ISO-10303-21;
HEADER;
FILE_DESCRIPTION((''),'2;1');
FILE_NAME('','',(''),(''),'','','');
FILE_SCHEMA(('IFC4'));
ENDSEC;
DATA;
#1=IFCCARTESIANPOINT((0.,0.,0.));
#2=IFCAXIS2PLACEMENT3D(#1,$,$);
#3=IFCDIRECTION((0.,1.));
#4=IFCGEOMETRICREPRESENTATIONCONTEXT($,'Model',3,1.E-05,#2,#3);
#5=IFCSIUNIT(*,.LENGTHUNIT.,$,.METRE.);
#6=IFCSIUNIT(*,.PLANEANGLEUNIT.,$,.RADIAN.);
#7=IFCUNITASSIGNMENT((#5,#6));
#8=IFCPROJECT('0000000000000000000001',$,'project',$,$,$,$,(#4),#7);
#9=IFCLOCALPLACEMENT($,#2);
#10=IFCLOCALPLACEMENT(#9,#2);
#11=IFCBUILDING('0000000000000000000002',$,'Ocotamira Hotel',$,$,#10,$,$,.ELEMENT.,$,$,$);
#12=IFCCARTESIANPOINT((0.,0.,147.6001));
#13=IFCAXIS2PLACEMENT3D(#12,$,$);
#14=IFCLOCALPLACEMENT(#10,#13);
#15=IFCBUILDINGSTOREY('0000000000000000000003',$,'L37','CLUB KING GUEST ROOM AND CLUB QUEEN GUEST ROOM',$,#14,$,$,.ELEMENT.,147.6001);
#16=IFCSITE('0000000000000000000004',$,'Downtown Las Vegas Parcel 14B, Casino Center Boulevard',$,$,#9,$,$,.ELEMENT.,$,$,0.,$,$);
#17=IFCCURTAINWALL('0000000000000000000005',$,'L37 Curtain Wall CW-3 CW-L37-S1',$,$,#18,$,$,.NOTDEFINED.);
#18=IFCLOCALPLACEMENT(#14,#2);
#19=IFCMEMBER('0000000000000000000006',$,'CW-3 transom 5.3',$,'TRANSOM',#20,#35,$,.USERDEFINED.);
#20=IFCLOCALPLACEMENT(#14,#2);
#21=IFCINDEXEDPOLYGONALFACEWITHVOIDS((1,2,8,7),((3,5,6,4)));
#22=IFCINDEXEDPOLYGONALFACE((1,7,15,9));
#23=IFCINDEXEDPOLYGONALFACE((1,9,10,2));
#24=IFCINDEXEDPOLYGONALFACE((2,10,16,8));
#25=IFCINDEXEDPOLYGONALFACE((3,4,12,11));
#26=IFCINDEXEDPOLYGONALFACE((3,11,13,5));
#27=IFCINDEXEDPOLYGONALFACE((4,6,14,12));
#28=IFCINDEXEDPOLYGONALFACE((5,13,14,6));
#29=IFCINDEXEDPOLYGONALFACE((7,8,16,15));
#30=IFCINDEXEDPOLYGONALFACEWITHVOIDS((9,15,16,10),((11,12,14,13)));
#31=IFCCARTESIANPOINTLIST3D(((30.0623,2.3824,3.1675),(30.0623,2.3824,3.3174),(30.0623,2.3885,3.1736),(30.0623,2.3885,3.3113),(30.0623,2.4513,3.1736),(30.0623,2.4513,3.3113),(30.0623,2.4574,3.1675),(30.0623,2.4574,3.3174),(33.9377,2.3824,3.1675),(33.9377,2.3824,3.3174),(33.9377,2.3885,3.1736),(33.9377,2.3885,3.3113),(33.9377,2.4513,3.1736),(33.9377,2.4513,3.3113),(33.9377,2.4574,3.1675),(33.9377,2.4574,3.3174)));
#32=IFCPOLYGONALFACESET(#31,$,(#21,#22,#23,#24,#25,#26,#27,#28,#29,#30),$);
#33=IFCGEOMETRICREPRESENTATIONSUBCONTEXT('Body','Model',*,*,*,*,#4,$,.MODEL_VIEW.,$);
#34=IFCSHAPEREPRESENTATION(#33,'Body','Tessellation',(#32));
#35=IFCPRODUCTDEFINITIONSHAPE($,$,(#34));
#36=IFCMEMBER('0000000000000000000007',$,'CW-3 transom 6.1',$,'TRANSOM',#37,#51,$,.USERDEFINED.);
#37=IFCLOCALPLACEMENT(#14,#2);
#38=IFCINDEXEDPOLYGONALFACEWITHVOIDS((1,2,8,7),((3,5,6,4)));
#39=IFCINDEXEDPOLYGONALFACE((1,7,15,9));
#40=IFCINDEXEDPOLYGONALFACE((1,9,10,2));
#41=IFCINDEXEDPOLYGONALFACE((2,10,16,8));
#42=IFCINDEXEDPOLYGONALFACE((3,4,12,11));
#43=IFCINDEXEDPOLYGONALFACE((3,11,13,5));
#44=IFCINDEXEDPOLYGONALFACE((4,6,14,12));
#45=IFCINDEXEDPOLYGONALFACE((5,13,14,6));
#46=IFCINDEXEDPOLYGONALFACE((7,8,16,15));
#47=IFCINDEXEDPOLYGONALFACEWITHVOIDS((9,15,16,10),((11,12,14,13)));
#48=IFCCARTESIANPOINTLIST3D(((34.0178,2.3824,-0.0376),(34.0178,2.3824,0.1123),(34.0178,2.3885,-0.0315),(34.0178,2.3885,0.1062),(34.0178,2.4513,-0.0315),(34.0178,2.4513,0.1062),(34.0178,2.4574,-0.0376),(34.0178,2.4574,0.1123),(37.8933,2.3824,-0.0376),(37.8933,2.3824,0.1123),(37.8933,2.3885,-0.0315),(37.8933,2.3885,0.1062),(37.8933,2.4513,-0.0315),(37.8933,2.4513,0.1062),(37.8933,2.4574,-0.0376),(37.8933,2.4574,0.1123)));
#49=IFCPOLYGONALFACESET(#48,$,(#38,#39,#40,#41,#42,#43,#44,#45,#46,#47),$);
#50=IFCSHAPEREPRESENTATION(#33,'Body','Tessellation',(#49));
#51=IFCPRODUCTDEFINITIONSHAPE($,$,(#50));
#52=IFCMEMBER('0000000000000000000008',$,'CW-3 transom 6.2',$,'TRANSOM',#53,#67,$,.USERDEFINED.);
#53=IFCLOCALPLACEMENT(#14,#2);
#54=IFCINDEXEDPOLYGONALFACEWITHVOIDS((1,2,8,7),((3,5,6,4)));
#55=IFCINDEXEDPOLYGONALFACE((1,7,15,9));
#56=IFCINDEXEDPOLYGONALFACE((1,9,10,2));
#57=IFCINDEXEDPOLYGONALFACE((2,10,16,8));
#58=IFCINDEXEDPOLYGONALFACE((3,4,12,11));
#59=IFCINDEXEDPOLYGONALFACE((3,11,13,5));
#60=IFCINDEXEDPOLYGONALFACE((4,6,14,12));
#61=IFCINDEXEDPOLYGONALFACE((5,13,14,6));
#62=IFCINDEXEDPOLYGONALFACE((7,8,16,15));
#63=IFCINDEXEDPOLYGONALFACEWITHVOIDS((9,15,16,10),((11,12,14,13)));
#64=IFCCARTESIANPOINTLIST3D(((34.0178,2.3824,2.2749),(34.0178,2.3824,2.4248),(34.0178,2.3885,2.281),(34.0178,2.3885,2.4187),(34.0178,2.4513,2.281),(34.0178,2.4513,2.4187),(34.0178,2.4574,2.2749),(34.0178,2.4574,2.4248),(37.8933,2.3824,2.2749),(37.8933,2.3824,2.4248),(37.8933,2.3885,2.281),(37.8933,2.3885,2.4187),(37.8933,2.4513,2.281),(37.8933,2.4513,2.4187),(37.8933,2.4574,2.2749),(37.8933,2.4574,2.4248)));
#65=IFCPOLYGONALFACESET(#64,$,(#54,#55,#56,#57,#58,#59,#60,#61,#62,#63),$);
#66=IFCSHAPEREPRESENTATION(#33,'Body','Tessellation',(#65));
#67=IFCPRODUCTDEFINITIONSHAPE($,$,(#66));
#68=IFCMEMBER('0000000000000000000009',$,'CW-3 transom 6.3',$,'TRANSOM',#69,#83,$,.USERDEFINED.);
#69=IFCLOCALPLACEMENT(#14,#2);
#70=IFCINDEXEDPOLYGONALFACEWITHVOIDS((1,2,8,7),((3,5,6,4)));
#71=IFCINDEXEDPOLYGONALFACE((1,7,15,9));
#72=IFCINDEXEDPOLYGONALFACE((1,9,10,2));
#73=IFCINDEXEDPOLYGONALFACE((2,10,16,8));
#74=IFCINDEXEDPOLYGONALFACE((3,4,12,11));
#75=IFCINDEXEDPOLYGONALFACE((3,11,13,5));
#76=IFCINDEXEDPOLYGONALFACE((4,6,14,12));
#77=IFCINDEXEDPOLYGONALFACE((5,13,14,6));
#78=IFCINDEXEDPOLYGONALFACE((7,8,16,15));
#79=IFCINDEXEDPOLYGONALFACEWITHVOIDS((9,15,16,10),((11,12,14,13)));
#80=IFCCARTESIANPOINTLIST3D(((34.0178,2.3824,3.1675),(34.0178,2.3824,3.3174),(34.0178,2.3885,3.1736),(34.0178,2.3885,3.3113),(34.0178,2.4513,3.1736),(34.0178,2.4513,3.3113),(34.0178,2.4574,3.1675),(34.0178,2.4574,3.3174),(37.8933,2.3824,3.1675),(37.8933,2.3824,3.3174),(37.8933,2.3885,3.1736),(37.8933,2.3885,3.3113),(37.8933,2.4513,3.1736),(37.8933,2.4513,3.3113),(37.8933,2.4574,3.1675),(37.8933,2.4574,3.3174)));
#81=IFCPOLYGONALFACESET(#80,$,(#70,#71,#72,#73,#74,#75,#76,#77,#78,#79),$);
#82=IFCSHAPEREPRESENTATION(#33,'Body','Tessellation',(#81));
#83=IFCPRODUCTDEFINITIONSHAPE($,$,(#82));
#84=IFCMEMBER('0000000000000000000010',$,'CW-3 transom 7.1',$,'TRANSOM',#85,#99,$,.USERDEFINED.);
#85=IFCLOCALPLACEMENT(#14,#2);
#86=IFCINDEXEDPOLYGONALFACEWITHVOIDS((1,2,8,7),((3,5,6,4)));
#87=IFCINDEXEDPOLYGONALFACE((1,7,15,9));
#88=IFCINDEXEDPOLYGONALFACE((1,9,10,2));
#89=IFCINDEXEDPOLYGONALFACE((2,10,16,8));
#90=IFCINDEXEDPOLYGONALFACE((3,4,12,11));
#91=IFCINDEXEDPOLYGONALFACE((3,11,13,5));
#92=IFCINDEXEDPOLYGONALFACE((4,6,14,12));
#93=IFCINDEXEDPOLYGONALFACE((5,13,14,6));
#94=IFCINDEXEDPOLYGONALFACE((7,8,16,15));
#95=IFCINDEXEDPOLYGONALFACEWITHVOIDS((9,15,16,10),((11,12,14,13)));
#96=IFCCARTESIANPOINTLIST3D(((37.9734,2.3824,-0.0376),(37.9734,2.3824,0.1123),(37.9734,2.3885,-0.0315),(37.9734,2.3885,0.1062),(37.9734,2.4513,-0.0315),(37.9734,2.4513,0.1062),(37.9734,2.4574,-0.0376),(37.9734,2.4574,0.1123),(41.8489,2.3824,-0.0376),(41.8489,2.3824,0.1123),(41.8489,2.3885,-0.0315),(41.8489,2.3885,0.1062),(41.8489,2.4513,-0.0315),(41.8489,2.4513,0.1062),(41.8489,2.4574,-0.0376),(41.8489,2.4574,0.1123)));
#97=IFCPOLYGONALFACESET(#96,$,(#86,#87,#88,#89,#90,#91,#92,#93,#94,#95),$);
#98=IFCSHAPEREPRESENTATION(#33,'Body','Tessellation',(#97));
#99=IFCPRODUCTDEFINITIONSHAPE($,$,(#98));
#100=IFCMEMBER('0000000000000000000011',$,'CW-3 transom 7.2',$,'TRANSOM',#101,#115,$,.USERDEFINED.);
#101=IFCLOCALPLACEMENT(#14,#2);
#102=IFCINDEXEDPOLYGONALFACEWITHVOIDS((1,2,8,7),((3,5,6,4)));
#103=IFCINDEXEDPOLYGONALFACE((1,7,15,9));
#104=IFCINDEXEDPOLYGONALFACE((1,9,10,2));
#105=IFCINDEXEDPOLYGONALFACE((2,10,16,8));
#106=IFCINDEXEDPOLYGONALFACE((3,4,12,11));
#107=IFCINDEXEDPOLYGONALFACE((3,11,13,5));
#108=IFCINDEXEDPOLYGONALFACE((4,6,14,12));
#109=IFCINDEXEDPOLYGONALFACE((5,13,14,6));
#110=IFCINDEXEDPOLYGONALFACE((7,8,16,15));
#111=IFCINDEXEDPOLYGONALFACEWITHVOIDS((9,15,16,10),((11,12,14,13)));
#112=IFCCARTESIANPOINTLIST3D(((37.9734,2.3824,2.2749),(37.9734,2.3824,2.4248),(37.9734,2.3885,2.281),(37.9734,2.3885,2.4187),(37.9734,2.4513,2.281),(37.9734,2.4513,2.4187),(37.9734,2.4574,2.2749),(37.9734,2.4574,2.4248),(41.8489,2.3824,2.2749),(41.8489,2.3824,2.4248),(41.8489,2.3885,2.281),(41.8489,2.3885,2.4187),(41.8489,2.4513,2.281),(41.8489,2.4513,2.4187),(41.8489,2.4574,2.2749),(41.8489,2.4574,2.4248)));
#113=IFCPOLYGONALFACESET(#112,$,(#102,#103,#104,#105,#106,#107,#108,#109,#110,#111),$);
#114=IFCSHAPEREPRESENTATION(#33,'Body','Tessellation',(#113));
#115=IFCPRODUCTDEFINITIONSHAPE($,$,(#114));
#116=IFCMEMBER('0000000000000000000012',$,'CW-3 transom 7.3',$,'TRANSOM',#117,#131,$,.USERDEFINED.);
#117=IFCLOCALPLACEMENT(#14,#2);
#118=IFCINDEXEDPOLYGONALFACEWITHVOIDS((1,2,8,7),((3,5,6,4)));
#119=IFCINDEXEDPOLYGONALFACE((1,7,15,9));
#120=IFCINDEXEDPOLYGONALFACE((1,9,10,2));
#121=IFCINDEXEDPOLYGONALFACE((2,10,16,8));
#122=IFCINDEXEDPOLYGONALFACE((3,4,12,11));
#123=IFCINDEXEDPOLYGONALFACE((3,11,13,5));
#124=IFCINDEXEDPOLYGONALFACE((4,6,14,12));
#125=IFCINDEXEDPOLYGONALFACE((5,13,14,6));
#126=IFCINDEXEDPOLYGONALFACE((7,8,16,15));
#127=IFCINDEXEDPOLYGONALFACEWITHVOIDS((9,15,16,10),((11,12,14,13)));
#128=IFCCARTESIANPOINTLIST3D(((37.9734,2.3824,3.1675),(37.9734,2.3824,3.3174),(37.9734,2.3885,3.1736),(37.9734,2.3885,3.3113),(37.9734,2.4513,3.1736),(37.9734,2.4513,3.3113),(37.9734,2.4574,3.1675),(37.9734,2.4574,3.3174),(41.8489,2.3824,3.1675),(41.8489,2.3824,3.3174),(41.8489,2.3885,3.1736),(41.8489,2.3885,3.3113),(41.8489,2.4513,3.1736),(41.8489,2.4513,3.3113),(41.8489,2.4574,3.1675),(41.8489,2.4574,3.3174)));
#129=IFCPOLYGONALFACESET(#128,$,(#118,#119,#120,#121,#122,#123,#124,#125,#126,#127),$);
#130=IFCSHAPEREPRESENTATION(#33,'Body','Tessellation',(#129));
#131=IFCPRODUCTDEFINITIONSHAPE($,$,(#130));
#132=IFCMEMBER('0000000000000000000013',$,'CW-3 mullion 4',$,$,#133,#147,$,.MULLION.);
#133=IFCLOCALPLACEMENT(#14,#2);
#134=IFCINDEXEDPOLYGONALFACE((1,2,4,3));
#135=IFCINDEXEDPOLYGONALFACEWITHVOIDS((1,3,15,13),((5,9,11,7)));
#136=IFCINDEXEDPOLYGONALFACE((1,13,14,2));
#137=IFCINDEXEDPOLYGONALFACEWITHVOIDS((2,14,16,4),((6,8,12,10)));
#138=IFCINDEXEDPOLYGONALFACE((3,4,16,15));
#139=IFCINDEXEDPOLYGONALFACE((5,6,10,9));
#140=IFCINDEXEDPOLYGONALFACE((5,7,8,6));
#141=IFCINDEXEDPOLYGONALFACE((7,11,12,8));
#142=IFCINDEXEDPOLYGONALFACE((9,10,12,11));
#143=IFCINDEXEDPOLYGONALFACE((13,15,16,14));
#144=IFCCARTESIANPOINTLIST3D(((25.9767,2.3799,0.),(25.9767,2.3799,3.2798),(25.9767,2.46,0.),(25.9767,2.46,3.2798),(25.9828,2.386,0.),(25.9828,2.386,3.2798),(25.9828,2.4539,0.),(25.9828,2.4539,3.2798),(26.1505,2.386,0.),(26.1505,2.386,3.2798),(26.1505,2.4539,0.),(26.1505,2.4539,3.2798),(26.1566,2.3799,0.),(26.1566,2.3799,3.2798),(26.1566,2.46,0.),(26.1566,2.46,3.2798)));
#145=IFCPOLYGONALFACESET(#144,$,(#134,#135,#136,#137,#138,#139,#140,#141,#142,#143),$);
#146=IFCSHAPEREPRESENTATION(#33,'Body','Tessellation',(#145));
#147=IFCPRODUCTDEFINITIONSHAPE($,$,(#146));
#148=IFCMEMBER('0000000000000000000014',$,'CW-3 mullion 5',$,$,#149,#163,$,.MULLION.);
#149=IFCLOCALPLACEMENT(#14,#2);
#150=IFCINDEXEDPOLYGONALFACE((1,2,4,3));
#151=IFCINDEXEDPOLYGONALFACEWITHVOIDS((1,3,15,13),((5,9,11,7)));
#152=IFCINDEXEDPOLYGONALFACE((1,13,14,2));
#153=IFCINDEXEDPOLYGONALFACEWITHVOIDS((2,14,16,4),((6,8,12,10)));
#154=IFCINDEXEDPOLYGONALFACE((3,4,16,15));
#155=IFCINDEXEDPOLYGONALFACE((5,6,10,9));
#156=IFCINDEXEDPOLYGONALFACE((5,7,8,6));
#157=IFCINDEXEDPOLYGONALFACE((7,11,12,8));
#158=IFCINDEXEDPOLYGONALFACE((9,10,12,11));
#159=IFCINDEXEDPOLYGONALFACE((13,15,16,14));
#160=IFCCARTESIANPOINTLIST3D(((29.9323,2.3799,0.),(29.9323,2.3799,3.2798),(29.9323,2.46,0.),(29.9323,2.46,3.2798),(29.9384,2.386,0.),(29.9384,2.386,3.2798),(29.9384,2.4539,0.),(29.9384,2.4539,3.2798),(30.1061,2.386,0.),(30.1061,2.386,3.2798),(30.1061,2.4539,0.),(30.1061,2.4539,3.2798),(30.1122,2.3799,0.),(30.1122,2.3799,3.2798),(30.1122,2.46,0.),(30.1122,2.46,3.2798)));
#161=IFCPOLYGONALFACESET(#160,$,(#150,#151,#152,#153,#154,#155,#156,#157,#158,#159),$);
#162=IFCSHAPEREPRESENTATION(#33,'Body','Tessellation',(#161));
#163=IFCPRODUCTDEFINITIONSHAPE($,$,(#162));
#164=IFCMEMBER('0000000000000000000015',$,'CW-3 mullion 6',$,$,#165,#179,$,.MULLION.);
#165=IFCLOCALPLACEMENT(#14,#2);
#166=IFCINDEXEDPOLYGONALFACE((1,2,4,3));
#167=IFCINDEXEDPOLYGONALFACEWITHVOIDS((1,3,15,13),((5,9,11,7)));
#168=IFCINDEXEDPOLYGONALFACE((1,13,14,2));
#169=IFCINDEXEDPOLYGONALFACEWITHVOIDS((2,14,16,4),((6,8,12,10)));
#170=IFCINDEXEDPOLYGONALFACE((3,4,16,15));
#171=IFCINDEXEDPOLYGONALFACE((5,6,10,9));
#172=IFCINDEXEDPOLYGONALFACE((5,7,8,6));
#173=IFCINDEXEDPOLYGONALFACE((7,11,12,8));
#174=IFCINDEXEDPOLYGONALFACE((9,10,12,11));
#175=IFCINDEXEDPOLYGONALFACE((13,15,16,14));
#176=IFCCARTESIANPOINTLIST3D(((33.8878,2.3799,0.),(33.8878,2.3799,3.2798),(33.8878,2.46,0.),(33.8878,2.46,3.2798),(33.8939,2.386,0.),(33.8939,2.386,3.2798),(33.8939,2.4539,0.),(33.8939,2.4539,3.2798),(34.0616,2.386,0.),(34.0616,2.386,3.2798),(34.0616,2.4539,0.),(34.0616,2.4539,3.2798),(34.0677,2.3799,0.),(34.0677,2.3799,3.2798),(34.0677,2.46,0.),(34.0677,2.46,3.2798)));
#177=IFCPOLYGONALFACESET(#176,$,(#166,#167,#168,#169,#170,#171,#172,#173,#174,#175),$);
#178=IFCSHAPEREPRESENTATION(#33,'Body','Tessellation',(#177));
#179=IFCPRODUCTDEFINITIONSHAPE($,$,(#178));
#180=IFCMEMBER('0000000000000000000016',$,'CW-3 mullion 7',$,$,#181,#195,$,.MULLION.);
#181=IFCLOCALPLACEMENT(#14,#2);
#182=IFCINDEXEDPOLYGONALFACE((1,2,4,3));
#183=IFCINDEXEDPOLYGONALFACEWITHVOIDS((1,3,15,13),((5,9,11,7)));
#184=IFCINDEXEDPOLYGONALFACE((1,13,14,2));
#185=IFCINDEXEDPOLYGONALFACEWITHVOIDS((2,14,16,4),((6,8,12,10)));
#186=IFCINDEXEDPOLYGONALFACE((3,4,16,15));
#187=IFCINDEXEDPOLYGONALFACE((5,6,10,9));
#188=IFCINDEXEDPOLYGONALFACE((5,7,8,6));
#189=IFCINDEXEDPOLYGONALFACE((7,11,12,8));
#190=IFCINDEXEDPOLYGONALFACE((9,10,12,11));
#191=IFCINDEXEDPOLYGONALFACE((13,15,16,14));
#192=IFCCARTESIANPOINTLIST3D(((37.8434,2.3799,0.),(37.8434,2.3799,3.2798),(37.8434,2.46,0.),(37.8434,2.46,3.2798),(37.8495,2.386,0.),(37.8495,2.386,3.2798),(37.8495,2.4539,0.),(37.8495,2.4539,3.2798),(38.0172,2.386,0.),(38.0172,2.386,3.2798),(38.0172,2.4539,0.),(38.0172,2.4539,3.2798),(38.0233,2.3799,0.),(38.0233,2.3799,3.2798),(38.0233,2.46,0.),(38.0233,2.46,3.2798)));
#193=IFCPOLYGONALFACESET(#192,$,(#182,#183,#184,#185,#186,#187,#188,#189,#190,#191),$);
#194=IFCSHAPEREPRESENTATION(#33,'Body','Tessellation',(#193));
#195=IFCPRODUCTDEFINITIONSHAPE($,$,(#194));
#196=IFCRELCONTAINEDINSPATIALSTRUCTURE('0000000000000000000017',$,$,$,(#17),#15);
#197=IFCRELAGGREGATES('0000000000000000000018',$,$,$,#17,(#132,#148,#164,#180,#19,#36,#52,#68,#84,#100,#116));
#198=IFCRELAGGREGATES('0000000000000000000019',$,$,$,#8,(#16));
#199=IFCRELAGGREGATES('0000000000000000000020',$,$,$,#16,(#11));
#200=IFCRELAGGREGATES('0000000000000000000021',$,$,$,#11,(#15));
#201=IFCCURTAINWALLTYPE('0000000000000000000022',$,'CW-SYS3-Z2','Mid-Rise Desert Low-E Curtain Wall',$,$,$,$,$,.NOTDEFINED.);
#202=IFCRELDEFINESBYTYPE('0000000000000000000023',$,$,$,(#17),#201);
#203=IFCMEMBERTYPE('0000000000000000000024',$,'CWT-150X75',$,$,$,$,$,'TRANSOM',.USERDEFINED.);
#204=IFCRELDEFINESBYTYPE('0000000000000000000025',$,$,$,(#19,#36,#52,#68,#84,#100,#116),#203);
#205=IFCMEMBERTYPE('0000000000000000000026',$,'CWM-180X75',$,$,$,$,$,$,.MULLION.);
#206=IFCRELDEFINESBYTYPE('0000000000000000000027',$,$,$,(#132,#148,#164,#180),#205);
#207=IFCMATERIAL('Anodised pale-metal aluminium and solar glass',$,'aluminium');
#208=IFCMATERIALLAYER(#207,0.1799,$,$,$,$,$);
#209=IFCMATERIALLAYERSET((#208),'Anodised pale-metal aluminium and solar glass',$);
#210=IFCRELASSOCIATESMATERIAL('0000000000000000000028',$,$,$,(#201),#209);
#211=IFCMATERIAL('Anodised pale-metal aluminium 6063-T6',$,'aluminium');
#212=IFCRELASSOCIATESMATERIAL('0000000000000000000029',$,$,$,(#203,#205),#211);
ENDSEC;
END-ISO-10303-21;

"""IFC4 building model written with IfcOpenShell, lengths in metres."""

from ifc_helpers import new_model, si_unit, direction, frame, origin, origin_2d, place, context, subcontext, project, spatial, hollow_rectangle, extrude, source, transform, mapped, material, layer, layer_set, material_profile, profile_set, type_object, element, aggregate, save


model = new_model("IFC4")

# Units and contexts
model_context = context("Model", 3, precision=1e-05, world=origin(), true_north=direction((0.0, 1.0)))
body_context = subcontext(model_context, "Body", "Model", "MODEL_VIEW")
ifc_project = project(units=[si_unit("LENGTHUNIT", "METRE"), si_unit("PLANEANGLEUNIT", "RADIAN")], contexts=[model_context])

# Site, building, storey
site_placement = place(None, origin())
site = spatial("IfcSite", under=ifc_project, at=site_placement, Name="Downtown Las Vegas Parcel 14B, Casino Center Boulevard", CompositionType="ELEMENT", RefElevation=0.0)
building_placement = place(site_placement, origin())
building = spatial("IfcBuilding", under=site, at=building_placement, Name="Ocotamira Hotel", CompositionType="ELEMENT")
storey_placement = place(building_placement, frame((0.0, 0.0, 147.6001)))
storey = spatial("IfcBuildingStorey", under=building, at=storey_placement, Name="L37", Description="CLUB KING GUEST ROOM AND CLUB QUEEN GUEST ROOM", CompositionType="ELEMENT", Elevation=147.6001)

# Curtain wall, members
ifc_material_1 = material(Name="Anodised pale-metal aluminium and solar glass", Category="aluminium")
ifc_layer_1 = layer(ifc_material_1, 0.1799)
ifc_layer_set_1 = layer_set([ifc_layer_1], Name="Anodised pale-metal aluminium and solar glass")
curtain_wall_type = type_object("IfcCurtainWallType", Name="CW-SYS3-Z2", Description="Mid-Rise Desert Low-E Curtain Wall", PredefinedType="NOTDEFINED", material=ifc_layer_set_1)
curtain_wall_placement = place(storey_placement, origin())
curtain_wall = element("IfcCurtainWall", 1, at=curtain_wall_placement, inside=storey, type_object=curtain_wall_type, Name="L37 Curtain Wall CW-3 CW-L37-S1", PredefinedType="NOTDEFINED")
ifc_material_2 = material(Name="Anodised pale-metal aluminium 6063-T6", Category="aluminium")
ifc_material_profile_1 = material_profile(ifc_material_2, hollow_rectangle(XDim=0.075, YDim=0.1499, WallThickness=0.0061, at=origin_2d()), Name="HSS150X75X6")
ifc_profile_set_1 = profile_set([ifc_material_profile_1], Name="Anodised pale-metal aluminium 6063-T6")
member_type_1 = type_object("IfcMemberType", Name="CWT-150X75", ElementType="TRANSOM", PredefinedType="USERDEFINED", material=ifc_profile_set_1)
shared_shape_1 = source(origin(), body_context, "Body", "SweptSolid", [
    extrude(hollow_rectangle(XDim=0.075, YDim=0.1499, WallThickness=0.0061, at=origin_2d()), origin(), (0.0, 0.0, 1.0), 3.8755),
])
member_1_placement = place(storey_placement, frame((30.0623, 2.4199, 3.2424), z_axis=(1.0, 0.0, 0.0), x_axis=(0.0, 1.0, 0.0)))
member_1 = element("IfcMember", 2, at=member_1_placement, type_object=member_type_1, Name="CW-3 transom 5.3", ObjectType="TRANSOM", PredefinedType="USERDEFINED", context=body_context, shape_type="MappedRepresentation", body=[
    mapped(shared_shape_1, transform((0.0, 0.0, 0.0), scale=1.0)),
])
member_2_placement = place(storey_placement, frame((34.0178, 2.4199, 0.0374), z_axis=(1.0, 0.0, 0.0), x_axis=(0.0, 1.0, 0.0)))
member_2 = element("IfcMember", 3, at=member_2_placement, type_object=member_type_1, Name="CW-3 transom 6.1", ObjectType="TRANSOM", PredefinedType="USERDEFINED", context=body_context, shape_type="MappedRepresentation", body=[
    mapped(shared_shape_1, transform((0.0, 0.0, 0.0), scale=1.0)),
])
member_3_placement = place(storey_placement, frame((34.0178, 2.4199, 2.3499), z_axis=(1.0, 0.0, 0.0), x_axis=(0.0, 1.0, 0.0)))
member_3 = element("IfcMember", 4, at=member_3_placement, type_object=member_type_1, Name="CW-3 transom 6.2", ObjectType="TRANSOM", PredefinedType="USERDEFINED", context=body_context, shape_type="MappedRepresentation", body=[
    mapped(shared_shape_1, transform((0.0, 0.0, 0.0), scale=1.0)),
])
member_4_placement = place(storey_placement, frame((34.0178, 2.4199, 3.2424), z_axis=(1.0, 0.0, 0.0), x_axis=(0.0, 1.0, 0.0)))
member_4 = element("IfcMember", 5, at=member_4_placement, type_object=member_type_1, Name="CW-3 transom 6.3", ObjectType="TRANSOM", PredefinedType="USERDEFINED", context=body_context, shape_type="MappedRepresentation", body=[
    mapped(shared_shape_1, transform((0.0, 0.0, 0.0), scale=1.0)),
])
member_5_placement = place(storey_placement, frame((37.9734, 2.4199, 0.0374), z_axis=(1.0, 0.0, 0.0), x_axis=(0.0, 1.0, 0.0)))
member_5 = element("IfcMember", 6, at=member_5_placement, type_object=member_type_1, Name="CW-3 transom 7.1", ObjectType="TRANSOM", PredefinedType="USERDEFINED", context=body_context, shape_type="MappedRepresentation", body=[
    mapped(shared_shape_1, transform((0.0, 0.0, 0.0), scale=1.0)),
])
member_6_placement = place(storey_placement, frame((37.9734, 2.4199, 2.3499), z_axis=(1.0, 0.0, 0.0), x_axis=(0.0, 1.0, 0.0)))
member_6 = element("IfcMember", 7, at=member_6_placement, type_object=member_type_1, Name="CW-3 transom 7.2", ObjectType="TRANSOM", PredefinedType="USERDEFINED", context=body_context, shape_type="MappedRepresentation", body=[
    mapped(shared_shape_1, transform((0.0, 0.0, 0.0), scale=1.0)),
])
member_7_placement = place(storey_placement, frame((37.9734, 2.4199, 3.2424), z_axis=(1.0, 0.0, 0.0), x_axis=(0.0, 1.0, 0.0)))
member_7 = element("IfcMember", 8, at=member_7_placement, type_object=member_type_1, Name="CW-3 transom 7.3", ObjectType="TRANSOM", PredefinedType="USERDEFINED", context=body_context, shape_type="MappedRepresentation", body=[
    mapped(shared_shape_1, transform((0.0, 0.0, 0.0), scale=1.0)),
])
ifc_material_profile_2 = material_profile(ifc_material_2, hollow_rectangle(XDim=0.0801, YDim=0.1799, WallThickness=0.0061, at=origin_2d()), Name="HSS180X80X6")
ifc_profile_set_2 = profile_set([ifc_material_profile_2], Name="Anodised pale-metal aluminium 6063-T6")
member_type_2 = type_object("IfcMemberType", Name="CWM-180X75", PredefinedType="MULLION", material=ifc_profile_set_2)
shared_shape_2 = source(origin(), body_context, "Body", "SweptSolid", [
    extrude(hollow_rectangle(XDim=0.0801, YDim=0.1799, WallThickness=0.0061, at=origin_2d()), origin(), (0.0, 0.0, 1.0), 3.2798),
])
member_8_placement = place(storey_placement, frame((26.0667, 2.4199, 0.0), z_axis=(0.0, 0.0, 1.0), x_axis=(0.0, 1.0, 0.0)))
member_8 = element("IfcMember", 9, at=member_8_placement, type_object=member_type_2, Name="CW-3 mullion 4", PredefinedType="MULLION", context=body_context, shape_type="MappedRepresentation", body=[
    mapped(shared_shape_2, transform((0.0, 0.0, 0.0), scale=1.0)),
])
member_9_placement = place(storey_placement, frame((30.0222, 2.4199, 0.0), z_axis=(0.0, 0.0, 1.0), x_axis=(0.0, 1.0, 0.0)))
member_9 = element("IfcMember", 10, at=member_9_placement, type_object=member_type_2, Name="CW-3 mullion 5", PredefinedType="MULLION", context=body_context, shape_type="MappedRepresentation", body=[
    mapped(shared_shape_2, transform((0.0, 0.0, 0.0), scale=1.0)),
])
member_10_placement = place(storey_placement, frame((33.9778, 2.4199, 0.0), z_axis=(0.0, 0.0, 1.0), x_axis=(0.0, 1.0, 0.0)))
member_10 = element("IfcMember", 11, at=member_10_placement, type_object=member_type_2, Name="CW-3 mullion 6", PredefinedType="MULLION", context=body_context, shape_type="MappedRepresentation", body=[
    mapped(shared_shape_2, transform((0.0, 0.0, 0.0), scale=1.0)),
])
member_11_placement = place(storey_placement, frame((37.9333, 2.4199, 0.0), z_axis=(0.0, 0.0, 1.0), x_axis=(0.0, 1.0, 0.0)))
member_11 = element("IfcMember", 12, at=member_11_placement, type_object=member_type_2, Name="CW-3 mullion 7", PredefinedType="MULLION", context=body_context, shape_type="MappedRepresentation", body=[
    mapped(shared_shape_2, transform((0.0, 0.0, 0.0), scale=1.0)),
])

aggregate(curtain_wall, [member_8, member_9, member_10, member_11, member_1, member_2, member_3, member_4, member_5, member_6, member_7])

save(model, "model.ifc")
